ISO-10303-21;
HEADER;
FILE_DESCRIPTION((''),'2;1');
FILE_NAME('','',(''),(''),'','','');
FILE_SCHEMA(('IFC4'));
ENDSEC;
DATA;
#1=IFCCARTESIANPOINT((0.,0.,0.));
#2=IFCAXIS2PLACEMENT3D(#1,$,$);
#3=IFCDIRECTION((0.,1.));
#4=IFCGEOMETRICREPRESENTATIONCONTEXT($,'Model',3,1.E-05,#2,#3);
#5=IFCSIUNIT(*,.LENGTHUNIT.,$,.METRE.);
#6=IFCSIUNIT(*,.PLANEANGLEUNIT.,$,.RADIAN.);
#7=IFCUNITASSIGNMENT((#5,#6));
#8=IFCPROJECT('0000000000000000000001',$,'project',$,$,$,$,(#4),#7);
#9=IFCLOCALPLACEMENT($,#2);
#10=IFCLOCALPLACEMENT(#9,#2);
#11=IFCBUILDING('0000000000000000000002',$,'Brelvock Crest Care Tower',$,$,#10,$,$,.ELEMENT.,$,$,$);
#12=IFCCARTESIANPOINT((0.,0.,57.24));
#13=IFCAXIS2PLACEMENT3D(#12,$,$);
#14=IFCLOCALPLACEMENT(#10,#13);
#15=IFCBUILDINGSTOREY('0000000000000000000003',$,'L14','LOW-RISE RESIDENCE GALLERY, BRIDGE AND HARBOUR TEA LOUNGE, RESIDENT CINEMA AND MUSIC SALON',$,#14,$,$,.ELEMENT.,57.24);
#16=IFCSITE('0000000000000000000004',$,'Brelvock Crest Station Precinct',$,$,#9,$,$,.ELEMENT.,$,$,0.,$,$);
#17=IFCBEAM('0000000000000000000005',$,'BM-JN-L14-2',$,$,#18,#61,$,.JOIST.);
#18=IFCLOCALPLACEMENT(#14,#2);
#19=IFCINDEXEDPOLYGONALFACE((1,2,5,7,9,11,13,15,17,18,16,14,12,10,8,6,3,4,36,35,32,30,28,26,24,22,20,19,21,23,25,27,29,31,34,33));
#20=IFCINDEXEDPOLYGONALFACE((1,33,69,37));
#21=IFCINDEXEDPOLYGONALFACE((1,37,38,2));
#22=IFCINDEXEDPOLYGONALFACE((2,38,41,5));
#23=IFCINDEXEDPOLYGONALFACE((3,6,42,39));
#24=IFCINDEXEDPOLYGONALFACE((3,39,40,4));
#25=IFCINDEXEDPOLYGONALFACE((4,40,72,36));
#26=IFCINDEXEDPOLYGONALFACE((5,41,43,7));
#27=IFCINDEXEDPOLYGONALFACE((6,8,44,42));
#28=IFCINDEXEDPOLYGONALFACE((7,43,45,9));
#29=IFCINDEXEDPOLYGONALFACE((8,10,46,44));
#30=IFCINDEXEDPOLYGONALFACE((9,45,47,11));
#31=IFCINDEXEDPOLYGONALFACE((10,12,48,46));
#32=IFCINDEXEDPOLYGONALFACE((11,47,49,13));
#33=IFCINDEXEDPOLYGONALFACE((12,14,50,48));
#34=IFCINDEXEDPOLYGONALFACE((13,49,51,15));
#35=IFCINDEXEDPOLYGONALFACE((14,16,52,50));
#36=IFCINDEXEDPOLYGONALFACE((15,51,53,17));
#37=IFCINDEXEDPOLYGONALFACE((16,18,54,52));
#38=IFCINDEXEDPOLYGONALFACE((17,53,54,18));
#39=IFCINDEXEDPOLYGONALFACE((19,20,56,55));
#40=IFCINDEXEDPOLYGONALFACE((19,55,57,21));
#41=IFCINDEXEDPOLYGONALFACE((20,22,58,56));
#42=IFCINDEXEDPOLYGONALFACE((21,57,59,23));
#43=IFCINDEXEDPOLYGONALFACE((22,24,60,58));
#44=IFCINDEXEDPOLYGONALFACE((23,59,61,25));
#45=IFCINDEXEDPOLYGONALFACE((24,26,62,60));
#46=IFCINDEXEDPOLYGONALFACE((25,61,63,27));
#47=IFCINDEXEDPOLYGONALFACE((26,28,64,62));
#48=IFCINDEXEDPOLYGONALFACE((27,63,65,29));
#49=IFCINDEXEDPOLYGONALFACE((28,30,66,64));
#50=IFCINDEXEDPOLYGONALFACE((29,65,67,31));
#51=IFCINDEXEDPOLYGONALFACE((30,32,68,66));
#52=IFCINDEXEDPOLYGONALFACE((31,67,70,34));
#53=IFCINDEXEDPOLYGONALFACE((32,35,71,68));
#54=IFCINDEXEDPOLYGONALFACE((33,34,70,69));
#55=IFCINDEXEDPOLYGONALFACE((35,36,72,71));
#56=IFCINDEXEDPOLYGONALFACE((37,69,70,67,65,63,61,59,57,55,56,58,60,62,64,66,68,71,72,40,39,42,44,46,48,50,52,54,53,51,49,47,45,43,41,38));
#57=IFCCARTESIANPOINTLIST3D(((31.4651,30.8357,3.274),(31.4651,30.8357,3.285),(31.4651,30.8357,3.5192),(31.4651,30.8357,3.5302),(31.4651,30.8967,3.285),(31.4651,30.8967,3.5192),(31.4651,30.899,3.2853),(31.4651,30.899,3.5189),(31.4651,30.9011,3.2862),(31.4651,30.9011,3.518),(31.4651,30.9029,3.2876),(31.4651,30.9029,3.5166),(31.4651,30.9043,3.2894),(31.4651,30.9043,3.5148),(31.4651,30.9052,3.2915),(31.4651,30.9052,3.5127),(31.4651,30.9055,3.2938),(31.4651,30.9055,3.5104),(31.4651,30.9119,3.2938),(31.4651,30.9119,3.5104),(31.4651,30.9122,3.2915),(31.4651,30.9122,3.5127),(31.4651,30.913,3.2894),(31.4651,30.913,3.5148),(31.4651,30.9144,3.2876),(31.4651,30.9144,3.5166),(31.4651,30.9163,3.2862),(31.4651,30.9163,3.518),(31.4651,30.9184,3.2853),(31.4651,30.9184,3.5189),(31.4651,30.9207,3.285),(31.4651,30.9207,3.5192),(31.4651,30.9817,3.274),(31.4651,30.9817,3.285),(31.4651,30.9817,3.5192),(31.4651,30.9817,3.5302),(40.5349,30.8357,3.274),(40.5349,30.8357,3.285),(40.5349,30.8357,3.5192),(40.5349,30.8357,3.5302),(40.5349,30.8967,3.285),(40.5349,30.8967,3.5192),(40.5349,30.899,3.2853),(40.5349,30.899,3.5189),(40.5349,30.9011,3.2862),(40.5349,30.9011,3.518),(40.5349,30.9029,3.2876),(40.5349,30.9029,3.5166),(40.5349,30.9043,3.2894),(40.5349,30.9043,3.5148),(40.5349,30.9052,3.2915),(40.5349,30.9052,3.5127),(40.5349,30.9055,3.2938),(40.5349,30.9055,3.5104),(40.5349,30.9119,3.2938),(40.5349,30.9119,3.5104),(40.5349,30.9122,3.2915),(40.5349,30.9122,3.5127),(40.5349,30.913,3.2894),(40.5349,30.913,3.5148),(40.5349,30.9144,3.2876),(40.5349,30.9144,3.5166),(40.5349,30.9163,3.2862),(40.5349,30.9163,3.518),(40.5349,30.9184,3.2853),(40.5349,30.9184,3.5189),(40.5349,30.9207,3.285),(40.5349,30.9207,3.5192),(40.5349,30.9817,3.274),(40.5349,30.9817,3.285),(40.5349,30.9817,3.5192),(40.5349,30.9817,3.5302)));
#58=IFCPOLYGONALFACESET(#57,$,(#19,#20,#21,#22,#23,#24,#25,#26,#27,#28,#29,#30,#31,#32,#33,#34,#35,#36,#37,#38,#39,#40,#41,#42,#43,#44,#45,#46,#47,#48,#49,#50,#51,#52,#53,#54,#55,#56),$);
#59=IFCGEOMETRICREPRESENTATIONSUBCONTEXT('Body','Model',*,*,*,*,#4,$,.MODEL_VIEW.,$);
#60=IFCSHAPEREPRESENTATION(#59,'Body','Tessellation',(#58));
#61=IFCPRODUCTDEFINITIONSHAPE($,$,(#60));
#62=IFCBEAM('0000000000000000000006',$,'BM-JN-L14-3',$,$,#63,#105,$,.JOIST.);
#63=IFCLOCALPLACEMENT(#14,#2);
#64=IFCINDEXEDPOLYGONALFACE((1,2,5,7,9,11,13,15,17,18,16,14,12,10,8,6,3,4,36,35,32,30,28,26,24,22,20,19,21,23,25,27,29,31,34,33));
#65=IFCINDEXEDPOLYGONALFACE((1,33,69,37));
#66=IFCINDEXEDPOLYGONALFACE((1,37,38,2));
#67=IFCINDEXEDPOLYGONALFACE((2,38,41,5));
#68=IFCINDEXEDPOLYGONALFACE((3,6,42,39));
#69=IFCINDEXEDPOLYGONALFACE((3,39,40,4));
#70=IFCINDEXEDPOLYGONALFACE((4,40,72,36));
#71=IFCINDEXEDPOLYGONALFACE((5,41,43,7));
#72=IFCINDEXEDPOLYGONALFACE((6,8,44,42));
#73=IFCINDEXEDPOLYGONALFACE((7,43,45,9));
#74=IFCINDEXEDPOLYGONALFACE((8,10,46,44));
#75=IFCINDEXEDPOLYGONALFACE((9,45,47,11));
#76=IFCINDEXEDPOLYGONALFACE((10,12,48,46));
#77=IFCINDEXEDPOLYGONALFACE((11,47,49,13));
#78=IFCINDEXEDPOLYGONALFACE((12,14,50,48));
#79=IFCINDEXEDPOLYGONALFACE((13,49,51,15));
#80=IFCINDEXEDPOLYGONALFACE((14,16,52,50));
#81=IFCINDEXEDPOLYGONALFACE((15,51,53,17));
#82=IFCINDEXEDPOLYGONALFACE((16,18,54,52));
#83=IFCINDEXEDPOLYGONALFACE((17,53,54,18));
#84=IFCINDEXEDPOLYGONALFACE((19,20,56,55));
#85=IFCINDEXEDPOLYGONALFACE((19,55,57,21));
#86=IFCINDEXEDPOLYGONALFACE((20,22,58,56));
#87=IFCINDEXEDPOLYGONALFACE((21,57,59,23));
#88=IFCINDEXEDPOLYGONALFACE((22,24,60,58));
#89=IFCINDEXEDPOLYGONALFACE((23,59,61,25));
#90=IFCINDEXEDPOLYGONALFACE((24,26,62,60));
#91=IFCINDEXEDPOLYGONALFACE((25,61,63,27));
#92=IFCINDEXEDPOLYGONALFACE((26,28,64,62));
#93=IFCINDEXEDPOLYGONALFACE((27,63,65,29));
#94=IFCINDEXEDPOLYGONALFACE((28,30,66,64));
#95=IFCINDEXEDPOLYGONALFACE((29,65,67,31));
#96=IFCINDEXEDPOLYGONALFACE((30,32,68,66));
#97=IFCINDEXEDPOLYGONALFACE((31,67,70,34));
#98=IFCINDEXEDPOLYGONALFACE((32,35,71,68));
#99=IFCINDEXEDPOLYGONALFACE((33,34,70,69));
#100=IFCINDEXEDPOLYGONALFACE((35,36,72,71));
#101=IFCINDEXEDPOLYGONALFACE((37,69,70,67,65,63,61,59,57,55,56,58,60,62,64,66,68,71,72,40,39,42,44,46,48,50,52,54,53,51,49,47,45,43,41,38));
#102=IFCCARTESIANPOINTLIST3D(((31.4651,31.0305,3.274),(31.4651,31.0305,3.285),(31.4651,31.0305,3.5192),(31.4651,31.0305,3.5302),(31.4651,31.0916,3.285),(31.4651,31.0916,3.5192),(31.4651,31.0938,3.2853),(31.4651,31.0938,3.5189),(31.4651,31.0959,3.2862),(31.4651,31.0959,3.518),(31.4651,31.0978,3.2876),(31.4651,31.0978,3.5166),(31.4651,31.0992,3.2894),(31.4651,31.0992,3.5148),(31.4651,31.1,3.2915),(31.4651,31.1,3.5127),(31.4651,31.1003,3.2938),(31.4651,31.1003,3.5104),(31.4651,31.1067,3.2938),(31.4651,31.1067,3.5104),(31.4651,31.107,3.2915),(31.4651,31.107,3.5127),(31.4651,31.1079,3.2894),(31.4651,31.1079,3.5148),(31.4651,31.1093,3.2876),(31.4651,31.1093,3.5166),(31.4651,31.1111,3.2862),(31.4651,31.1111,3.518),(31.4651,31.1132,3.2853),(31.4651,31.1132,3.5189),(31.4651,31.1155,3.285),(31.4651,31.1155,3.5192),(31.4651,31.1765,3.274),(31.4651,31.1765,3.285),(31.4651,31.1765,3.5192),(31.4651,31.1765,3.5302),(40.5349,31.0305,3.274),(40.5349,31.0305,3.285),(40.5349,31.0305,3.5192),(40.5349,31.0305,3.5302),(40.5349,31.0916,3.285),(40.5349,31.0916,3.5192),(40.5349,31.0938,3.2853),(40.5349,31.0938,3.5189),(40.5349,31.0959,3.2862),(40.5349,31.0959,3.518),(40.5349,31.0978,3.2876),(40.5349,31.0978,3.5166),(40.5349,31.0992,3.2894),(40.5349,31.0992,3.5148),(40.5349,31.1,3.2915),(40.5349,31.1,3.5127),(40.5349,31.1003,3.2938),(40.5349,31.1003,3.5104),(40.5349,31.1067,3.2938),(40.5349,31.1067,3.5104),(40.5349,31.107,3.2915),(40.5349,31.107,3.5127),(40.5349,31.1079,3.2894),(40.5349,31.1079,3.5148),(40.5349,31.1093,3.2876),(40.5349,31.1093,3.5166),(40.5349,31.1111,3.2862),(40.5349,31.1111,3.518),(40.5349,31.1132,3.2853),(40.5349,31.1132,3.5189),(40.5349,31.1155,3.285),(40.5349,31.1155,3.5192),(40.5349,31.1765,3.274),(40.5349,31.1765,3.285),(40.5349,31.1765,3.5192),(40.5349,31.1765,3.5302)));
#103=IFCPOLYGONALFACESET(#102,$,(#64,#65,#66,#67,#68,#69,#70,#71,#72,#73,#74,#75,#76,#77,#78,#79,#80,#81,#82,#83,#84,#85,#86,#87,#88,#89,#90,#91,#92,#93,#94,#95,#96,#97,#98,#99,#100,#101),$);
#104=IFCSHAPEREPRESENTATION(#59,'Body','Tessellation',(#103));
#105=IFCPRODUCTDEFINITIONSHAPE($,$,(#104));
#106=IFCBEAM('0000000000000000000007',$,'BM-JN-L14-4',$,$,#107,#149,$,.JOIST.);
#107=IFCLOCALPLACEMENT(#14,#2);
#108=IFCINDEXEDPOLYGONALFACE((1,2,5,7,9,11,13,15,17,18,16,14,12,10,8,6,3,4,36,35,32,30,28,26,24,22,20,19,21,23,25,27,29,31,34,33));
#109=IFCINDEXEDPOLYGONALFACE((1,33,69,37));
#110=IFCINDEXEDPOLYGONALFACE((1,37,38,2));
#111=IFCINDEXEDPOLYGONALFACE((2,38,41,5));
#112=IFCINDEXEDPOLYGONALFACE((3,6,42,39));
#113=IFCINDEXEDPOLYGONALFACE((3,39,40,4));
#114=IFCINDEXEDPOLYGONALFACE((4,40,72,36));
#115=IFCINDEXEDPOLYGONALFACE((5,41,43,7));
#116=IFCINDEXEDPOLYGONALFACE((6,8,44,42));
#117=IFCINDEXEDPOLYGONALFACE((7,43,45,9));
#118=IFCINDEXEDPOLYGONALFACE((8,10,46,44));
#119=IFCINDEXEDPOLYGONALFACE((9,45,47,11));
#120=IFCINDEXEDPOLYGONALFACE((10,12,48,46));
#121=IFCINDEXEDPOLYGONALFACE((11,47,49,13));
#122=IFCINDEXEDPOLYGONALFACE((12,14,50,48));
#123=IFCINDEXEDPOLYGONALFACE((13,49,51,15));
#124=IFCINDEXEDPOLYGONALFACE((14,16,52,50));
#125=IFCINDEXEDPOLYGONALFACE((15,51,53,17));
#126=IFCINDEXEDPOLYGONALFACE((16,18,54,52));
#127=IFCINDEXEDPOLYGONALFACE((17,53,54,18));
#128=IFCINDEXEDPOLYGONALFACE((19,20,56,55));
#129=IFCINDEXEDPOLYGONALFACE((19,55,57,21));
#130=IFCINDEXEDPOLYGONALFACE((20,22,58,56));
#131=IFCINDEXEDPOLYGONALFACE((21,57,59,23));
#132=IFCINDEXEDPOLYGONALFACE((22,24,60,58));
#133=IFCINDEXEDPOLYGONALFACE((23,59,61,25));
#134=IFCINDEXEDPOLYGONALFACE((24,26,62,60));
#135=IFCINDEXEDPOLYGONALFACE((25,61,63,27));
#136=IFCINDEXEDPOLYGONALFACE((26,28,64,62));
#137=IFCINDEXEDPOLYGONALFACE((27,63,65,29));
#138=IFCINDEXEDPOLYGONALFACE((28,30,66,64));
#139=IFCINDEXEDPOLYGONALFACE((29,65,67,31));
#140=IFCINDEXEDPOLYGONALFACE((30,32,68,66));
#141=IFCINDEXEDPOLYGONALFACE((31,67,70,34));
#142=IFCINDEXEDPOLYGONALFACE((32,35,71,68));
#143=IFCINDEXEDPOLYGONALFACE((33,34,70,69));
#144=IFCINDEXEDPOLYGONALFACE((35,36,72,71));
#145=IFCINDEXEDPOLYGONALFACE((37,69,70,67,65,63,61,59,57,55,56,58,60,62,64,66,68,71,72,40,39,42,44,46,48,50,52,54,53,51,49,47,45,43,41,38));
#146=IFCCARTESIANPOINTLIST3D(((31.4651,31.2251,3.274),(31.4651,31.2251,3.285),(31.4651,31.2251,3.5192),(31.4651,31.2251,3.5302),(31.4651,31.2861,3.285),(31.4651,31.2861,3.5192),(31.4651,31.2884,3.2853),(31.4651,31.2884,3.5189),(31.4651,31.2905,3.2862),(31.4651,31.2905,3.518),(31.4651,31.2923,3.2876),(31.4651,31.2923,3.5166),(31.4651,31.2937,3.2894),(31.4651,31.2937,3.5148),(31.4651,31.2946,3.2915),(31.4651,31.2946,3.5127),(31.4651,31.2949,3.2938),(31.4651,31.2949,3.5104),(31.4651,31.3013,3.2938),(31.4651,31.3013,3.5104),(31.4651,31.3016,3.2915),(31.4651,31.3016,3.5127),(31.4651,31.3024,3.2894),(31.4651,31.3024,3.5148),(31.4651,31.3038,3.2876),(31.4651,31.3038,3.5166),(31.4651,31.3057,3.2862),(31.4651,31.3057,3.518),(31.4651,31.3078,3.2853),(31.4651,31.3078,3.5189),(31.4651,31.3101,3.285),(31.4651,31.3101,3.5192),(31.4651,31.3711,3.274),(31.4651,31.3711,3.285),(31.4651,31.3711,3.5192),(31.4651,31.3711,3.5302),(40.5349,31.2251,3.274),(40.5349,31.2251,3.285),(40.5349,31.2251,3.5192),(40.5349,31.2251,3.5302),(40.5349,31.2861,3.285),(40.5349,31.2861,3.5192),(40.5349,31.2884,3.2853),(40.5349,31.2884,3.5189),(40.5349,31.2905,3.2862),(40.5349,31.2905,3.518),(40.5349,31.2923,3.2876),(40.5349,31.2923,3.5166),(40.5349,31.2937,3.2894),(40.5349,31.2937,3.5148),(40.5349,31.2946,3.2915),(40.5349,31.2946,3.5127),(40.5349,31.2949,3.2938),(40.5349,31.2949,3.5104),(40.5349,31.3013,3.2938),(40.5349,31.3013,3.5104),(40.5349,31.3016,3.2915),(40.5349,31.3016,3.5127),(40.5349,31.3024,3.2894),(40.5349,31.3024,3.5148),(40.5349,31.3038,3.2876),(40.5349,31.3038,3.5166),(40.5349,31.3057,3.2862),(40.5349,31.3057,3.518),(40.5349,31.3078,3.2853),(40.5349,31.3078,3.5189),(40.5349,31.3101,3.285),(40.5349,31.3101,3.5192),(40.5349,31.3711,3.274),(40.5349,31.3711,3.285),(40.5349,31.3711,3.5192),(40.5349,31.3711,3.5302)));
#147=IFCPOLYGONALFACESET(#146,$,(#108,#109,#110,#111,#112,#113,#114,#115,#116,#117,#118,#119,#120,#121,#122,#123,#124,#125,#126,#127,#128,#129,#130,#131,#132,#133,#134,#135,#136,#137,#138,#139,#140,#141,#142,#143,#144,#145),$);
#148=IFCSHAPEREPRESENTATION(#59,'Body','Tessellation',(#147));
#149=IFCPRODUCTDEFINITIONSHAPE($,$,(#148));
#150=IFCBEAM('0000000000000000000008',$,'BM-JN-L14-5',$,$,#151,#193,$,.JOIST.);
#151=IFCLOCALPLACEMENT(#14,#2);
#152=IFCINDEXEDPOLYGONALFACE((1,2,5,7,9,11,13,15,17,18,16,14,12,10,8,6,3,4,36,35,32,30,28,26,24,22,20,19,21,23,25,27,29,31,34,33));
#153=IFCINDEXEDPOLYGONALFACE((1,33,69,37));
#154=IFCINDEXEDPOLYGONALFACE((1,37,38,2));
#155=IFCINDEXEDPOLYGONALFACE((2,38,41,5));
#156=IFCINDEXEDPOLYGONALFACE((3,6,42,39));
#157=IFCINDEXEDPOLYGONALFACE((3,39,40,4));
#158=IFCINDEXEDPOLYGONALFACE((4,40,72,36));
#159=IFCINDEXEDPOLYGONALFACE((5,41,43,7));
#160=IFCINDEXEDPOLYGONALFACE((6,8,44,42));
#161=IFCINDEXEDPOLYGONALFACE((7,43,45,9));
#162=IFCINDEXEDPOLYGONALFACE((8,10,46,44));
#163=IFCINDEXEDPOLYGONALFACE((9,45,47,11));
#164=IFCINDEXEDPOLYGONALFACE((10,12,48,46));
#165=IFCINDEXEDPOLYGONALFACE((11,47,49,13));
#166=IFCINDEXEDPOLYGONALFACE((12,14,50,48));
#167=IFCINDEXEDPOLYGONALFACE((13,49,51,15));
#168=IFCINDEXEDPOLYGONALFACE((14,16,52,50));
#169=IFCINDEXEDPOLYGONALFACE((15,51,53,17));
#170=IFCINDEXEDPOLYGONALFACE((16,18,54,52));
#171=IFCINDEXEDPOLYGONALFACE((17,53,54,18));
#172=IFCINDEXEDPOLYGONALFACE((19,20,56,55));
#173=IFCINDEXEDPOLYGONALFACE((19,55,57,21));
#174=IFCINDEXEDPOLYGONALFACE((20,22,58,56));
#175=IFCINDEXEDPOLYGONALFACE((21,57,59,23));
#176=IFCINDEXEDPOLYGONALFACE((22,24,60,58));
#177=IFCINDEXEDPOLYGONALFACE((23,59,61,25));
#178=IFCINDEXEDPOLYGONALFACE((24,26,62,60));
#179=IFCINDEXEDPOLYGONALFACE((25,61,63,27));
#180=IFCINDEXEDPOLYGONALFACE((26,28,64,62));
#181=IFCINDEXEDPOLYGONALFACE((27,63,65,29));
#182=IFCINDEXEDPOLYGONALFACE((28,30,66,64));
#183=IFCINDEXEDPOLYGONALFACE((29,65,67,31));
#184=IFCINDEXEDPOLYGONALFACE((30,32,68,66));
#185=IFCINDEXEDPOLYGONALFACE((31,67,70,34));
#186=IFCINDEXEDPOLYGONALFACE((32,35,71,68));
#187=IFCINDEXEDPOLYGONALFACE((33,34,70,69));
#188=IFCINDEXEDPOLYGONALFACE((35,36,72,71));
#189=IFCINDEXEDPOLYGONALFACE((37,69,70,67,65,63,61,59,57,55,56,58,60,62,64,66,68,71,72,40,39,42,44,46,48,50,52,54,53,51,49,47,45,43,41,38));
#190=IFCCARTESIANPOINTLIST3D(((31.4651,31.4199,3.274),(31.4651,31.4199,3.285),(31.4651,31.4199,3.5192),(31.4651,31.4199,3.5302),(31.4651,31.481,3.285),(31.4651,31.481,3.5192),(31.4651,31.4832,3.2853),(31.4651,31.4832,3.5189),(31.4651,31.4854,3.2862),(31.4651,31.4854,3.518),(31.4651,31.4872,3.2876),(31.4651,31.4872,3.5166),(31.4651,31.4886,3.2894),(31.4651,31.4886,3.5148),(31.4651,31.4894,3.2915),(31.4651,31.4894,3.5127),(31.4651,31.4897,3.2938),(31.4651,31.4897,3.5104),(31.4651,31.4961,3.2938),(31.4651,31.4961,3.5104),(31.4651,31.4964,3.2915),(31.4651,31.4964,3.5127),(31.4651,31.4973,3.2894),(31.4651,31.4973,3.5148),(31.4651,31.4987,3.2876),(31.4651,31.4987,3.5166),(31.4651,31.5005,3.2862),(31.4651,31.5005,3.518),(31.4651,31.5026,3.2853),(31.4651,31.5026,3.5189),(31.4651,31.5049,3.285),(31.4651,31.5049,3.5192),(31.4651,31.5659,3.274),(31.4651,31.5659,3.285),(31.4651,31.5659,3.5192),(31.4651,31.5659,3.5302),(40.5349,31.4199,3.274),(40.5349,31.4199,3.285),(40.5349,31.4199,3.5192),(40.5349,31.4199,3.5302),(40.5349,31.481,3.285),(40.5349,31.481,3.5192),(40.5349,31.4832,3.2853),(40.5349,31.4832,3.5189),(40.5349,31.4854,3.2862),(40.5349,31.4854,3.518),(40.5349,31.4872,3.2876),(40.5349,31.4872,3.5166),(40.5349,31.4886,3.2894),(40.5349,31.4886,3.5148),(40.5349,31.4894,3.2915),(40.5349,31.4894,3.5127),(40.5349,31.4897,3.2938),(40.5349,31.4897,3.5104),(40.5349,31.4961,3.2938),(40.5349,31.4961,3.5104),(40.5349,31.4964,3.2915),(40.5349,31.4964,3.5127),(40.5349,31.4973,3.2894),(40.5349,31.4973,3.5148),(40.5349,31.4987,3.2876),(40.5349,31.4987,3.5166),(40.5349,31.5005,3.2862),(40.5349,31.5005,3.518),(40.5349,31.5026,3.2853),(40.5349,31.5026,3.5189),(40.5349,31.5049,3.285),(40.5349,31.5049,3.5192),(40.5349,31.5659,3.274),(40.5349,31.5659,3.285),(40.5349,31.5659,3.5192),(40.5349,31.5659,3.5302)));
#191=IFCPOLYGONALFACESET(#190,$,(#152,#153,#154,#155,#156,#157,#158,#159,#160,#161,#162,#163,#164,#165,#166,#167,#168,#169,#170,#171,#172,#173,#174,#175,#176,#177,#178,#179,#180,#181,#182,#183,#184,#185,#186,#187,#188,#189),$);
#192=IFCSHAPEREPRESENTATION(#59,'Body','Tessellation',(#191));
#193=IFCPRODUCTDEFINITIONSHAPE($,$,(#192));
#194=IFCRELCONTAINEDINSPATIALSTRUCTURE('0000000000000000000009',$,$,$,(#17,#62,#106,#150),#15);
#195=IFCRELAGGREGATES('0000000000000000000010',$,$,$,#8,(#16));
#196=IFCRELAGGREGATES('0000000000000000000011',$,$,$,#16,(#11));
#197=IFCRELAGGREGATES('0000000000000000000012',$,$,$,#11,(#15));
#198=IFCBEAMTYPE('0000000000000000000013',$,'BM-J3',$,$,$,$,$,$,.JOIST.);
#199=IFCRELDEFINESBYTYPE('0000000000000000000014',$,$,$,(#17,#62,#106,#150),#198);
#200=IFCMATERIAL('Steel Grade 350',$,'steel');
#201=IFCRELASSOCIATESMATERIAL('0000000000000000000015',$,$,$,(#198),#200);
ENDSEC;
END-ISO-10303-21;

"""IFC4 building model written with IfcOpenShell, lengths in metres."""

from ifc_helpers import new_model, si_unit, direction, frame, origin, origin_2d, place, context, subcontext, project, spatial, i_section, extrude, source, transform, mapped, material, material_profile, profile_set, type_object, element, save


model = new_model("IFC4")

# Units and contexts
model_context = context("Model", 3, precision=1e-05, world=origin(), true_north=direction((0.0, 1.0)))
body_context = subcontext(model_context, "Body", "Model", "MODEL_VIEW")
ifc_project = project(units=[si_unit("LENGTHUNIT", "METRE"), si_unit("PLANEANGLEUNIT", "RADIAN")], contexts=[model_context])

# Site, building, storey
site_placement = place(None, origin())
site = spatial("IfcSite", under=ifc_project, at=site_placement, Name="Brelvock Crest Station Precinct", CompositionType="ELEMENT", RefElevation=0.0)
building_placement = place(site_placement, origin())
building = spatial("IfcBuilding", under=site, at=building_placement, Name="Brelvock Crest Care Tower", CompositionType="ELEMENT")
storey_placement = place(building_placement, frame((0.0, 0.0, 57.24)))
storey = spatial("IfcBuildingStorey", under=building, at=storey_placement, Name="L14", Description="LOW-RISE RESIDENCE GALLERY, BRIDGE AND HARBOUR TEA LOUNGE, RESIDENT CINEMA AND MUSIC SALON", CompositionType="ELEMENT", Elevation=57.24)

# Beams
ifc_material_1 = material(Name="Steel Grade 350", Category="steel")
ifc_material_profile = material_profile(ifc_material_1, i_section(OverallWidth=0.146, OverallDepth=0.2561, WebThickness=0.0063, FlangeThickness=0.011, FilletRadius=0.0088, at=origin_2d()), Name="250UB37.3")
ifc_profile_set = profile_set([ifc_material_profile], Name="Steel Grade 350")
beam_type = type_object("IfcBeamType", Name="BM-J3", PredefinedType="JOIST", material=ifc_profile_set)
shared_shape_1 = source(origin(), body_context, "Body", "SweptSolid", [
    extrude(i_section(OverallWidth=0.146, OverallDepth=0.2561, WebThickness=0.0063, FlangeThickness=0.011, FilletRadius=0.0088, at=origin_2d()), origin(), (0.0, 0.0, 1.0), 9.0698),
])
for number, where, z_axis, x_axis, name in (
    (1, (31.4651, 30.9087, 3.4021), (1.0, 0.0, 0.0), (0.0, 1.0, 0.0), "BM-JN-L14-2"),
    (2, (31.4651, 31.1035, 3.4021), (1.0, 0.0, 0.0), (0.0, 1.0, 0.0), "BM-JN-L14-3"),
    (3, (31.4651, 31.2981, 3.4021), (1.0, 0.0, 0.0), (0.0, 1.0, 0.0), "BM-JN-L14-4"),
    (4, (31.4651, 31.4929, 3.4021), (1.0, 0.0, 0.0), (0.0, 1.0, 0.0), "BM-JN-L14-5"),
):
    element("IfcBeam", number, at=place(storey_placement, frame(where, z_axis=z_axis, x_axis=x_axis)), inside=storey, type_object=beam_type, Name=name, PredefinedType="JOIST", context=body_context, shape_type="MappedRepresentation", body=[
        mapped(shared_shape_1, transform((0.0, 0.0, 0.0), x_axis=(1.0, 0.0, 0.0), y_axis=(0.0, 1.0, 0.0), z_axis=(0.0, 0.0, 1.0), scale=1.0)),
    ])

save(model, "model.ifc")
